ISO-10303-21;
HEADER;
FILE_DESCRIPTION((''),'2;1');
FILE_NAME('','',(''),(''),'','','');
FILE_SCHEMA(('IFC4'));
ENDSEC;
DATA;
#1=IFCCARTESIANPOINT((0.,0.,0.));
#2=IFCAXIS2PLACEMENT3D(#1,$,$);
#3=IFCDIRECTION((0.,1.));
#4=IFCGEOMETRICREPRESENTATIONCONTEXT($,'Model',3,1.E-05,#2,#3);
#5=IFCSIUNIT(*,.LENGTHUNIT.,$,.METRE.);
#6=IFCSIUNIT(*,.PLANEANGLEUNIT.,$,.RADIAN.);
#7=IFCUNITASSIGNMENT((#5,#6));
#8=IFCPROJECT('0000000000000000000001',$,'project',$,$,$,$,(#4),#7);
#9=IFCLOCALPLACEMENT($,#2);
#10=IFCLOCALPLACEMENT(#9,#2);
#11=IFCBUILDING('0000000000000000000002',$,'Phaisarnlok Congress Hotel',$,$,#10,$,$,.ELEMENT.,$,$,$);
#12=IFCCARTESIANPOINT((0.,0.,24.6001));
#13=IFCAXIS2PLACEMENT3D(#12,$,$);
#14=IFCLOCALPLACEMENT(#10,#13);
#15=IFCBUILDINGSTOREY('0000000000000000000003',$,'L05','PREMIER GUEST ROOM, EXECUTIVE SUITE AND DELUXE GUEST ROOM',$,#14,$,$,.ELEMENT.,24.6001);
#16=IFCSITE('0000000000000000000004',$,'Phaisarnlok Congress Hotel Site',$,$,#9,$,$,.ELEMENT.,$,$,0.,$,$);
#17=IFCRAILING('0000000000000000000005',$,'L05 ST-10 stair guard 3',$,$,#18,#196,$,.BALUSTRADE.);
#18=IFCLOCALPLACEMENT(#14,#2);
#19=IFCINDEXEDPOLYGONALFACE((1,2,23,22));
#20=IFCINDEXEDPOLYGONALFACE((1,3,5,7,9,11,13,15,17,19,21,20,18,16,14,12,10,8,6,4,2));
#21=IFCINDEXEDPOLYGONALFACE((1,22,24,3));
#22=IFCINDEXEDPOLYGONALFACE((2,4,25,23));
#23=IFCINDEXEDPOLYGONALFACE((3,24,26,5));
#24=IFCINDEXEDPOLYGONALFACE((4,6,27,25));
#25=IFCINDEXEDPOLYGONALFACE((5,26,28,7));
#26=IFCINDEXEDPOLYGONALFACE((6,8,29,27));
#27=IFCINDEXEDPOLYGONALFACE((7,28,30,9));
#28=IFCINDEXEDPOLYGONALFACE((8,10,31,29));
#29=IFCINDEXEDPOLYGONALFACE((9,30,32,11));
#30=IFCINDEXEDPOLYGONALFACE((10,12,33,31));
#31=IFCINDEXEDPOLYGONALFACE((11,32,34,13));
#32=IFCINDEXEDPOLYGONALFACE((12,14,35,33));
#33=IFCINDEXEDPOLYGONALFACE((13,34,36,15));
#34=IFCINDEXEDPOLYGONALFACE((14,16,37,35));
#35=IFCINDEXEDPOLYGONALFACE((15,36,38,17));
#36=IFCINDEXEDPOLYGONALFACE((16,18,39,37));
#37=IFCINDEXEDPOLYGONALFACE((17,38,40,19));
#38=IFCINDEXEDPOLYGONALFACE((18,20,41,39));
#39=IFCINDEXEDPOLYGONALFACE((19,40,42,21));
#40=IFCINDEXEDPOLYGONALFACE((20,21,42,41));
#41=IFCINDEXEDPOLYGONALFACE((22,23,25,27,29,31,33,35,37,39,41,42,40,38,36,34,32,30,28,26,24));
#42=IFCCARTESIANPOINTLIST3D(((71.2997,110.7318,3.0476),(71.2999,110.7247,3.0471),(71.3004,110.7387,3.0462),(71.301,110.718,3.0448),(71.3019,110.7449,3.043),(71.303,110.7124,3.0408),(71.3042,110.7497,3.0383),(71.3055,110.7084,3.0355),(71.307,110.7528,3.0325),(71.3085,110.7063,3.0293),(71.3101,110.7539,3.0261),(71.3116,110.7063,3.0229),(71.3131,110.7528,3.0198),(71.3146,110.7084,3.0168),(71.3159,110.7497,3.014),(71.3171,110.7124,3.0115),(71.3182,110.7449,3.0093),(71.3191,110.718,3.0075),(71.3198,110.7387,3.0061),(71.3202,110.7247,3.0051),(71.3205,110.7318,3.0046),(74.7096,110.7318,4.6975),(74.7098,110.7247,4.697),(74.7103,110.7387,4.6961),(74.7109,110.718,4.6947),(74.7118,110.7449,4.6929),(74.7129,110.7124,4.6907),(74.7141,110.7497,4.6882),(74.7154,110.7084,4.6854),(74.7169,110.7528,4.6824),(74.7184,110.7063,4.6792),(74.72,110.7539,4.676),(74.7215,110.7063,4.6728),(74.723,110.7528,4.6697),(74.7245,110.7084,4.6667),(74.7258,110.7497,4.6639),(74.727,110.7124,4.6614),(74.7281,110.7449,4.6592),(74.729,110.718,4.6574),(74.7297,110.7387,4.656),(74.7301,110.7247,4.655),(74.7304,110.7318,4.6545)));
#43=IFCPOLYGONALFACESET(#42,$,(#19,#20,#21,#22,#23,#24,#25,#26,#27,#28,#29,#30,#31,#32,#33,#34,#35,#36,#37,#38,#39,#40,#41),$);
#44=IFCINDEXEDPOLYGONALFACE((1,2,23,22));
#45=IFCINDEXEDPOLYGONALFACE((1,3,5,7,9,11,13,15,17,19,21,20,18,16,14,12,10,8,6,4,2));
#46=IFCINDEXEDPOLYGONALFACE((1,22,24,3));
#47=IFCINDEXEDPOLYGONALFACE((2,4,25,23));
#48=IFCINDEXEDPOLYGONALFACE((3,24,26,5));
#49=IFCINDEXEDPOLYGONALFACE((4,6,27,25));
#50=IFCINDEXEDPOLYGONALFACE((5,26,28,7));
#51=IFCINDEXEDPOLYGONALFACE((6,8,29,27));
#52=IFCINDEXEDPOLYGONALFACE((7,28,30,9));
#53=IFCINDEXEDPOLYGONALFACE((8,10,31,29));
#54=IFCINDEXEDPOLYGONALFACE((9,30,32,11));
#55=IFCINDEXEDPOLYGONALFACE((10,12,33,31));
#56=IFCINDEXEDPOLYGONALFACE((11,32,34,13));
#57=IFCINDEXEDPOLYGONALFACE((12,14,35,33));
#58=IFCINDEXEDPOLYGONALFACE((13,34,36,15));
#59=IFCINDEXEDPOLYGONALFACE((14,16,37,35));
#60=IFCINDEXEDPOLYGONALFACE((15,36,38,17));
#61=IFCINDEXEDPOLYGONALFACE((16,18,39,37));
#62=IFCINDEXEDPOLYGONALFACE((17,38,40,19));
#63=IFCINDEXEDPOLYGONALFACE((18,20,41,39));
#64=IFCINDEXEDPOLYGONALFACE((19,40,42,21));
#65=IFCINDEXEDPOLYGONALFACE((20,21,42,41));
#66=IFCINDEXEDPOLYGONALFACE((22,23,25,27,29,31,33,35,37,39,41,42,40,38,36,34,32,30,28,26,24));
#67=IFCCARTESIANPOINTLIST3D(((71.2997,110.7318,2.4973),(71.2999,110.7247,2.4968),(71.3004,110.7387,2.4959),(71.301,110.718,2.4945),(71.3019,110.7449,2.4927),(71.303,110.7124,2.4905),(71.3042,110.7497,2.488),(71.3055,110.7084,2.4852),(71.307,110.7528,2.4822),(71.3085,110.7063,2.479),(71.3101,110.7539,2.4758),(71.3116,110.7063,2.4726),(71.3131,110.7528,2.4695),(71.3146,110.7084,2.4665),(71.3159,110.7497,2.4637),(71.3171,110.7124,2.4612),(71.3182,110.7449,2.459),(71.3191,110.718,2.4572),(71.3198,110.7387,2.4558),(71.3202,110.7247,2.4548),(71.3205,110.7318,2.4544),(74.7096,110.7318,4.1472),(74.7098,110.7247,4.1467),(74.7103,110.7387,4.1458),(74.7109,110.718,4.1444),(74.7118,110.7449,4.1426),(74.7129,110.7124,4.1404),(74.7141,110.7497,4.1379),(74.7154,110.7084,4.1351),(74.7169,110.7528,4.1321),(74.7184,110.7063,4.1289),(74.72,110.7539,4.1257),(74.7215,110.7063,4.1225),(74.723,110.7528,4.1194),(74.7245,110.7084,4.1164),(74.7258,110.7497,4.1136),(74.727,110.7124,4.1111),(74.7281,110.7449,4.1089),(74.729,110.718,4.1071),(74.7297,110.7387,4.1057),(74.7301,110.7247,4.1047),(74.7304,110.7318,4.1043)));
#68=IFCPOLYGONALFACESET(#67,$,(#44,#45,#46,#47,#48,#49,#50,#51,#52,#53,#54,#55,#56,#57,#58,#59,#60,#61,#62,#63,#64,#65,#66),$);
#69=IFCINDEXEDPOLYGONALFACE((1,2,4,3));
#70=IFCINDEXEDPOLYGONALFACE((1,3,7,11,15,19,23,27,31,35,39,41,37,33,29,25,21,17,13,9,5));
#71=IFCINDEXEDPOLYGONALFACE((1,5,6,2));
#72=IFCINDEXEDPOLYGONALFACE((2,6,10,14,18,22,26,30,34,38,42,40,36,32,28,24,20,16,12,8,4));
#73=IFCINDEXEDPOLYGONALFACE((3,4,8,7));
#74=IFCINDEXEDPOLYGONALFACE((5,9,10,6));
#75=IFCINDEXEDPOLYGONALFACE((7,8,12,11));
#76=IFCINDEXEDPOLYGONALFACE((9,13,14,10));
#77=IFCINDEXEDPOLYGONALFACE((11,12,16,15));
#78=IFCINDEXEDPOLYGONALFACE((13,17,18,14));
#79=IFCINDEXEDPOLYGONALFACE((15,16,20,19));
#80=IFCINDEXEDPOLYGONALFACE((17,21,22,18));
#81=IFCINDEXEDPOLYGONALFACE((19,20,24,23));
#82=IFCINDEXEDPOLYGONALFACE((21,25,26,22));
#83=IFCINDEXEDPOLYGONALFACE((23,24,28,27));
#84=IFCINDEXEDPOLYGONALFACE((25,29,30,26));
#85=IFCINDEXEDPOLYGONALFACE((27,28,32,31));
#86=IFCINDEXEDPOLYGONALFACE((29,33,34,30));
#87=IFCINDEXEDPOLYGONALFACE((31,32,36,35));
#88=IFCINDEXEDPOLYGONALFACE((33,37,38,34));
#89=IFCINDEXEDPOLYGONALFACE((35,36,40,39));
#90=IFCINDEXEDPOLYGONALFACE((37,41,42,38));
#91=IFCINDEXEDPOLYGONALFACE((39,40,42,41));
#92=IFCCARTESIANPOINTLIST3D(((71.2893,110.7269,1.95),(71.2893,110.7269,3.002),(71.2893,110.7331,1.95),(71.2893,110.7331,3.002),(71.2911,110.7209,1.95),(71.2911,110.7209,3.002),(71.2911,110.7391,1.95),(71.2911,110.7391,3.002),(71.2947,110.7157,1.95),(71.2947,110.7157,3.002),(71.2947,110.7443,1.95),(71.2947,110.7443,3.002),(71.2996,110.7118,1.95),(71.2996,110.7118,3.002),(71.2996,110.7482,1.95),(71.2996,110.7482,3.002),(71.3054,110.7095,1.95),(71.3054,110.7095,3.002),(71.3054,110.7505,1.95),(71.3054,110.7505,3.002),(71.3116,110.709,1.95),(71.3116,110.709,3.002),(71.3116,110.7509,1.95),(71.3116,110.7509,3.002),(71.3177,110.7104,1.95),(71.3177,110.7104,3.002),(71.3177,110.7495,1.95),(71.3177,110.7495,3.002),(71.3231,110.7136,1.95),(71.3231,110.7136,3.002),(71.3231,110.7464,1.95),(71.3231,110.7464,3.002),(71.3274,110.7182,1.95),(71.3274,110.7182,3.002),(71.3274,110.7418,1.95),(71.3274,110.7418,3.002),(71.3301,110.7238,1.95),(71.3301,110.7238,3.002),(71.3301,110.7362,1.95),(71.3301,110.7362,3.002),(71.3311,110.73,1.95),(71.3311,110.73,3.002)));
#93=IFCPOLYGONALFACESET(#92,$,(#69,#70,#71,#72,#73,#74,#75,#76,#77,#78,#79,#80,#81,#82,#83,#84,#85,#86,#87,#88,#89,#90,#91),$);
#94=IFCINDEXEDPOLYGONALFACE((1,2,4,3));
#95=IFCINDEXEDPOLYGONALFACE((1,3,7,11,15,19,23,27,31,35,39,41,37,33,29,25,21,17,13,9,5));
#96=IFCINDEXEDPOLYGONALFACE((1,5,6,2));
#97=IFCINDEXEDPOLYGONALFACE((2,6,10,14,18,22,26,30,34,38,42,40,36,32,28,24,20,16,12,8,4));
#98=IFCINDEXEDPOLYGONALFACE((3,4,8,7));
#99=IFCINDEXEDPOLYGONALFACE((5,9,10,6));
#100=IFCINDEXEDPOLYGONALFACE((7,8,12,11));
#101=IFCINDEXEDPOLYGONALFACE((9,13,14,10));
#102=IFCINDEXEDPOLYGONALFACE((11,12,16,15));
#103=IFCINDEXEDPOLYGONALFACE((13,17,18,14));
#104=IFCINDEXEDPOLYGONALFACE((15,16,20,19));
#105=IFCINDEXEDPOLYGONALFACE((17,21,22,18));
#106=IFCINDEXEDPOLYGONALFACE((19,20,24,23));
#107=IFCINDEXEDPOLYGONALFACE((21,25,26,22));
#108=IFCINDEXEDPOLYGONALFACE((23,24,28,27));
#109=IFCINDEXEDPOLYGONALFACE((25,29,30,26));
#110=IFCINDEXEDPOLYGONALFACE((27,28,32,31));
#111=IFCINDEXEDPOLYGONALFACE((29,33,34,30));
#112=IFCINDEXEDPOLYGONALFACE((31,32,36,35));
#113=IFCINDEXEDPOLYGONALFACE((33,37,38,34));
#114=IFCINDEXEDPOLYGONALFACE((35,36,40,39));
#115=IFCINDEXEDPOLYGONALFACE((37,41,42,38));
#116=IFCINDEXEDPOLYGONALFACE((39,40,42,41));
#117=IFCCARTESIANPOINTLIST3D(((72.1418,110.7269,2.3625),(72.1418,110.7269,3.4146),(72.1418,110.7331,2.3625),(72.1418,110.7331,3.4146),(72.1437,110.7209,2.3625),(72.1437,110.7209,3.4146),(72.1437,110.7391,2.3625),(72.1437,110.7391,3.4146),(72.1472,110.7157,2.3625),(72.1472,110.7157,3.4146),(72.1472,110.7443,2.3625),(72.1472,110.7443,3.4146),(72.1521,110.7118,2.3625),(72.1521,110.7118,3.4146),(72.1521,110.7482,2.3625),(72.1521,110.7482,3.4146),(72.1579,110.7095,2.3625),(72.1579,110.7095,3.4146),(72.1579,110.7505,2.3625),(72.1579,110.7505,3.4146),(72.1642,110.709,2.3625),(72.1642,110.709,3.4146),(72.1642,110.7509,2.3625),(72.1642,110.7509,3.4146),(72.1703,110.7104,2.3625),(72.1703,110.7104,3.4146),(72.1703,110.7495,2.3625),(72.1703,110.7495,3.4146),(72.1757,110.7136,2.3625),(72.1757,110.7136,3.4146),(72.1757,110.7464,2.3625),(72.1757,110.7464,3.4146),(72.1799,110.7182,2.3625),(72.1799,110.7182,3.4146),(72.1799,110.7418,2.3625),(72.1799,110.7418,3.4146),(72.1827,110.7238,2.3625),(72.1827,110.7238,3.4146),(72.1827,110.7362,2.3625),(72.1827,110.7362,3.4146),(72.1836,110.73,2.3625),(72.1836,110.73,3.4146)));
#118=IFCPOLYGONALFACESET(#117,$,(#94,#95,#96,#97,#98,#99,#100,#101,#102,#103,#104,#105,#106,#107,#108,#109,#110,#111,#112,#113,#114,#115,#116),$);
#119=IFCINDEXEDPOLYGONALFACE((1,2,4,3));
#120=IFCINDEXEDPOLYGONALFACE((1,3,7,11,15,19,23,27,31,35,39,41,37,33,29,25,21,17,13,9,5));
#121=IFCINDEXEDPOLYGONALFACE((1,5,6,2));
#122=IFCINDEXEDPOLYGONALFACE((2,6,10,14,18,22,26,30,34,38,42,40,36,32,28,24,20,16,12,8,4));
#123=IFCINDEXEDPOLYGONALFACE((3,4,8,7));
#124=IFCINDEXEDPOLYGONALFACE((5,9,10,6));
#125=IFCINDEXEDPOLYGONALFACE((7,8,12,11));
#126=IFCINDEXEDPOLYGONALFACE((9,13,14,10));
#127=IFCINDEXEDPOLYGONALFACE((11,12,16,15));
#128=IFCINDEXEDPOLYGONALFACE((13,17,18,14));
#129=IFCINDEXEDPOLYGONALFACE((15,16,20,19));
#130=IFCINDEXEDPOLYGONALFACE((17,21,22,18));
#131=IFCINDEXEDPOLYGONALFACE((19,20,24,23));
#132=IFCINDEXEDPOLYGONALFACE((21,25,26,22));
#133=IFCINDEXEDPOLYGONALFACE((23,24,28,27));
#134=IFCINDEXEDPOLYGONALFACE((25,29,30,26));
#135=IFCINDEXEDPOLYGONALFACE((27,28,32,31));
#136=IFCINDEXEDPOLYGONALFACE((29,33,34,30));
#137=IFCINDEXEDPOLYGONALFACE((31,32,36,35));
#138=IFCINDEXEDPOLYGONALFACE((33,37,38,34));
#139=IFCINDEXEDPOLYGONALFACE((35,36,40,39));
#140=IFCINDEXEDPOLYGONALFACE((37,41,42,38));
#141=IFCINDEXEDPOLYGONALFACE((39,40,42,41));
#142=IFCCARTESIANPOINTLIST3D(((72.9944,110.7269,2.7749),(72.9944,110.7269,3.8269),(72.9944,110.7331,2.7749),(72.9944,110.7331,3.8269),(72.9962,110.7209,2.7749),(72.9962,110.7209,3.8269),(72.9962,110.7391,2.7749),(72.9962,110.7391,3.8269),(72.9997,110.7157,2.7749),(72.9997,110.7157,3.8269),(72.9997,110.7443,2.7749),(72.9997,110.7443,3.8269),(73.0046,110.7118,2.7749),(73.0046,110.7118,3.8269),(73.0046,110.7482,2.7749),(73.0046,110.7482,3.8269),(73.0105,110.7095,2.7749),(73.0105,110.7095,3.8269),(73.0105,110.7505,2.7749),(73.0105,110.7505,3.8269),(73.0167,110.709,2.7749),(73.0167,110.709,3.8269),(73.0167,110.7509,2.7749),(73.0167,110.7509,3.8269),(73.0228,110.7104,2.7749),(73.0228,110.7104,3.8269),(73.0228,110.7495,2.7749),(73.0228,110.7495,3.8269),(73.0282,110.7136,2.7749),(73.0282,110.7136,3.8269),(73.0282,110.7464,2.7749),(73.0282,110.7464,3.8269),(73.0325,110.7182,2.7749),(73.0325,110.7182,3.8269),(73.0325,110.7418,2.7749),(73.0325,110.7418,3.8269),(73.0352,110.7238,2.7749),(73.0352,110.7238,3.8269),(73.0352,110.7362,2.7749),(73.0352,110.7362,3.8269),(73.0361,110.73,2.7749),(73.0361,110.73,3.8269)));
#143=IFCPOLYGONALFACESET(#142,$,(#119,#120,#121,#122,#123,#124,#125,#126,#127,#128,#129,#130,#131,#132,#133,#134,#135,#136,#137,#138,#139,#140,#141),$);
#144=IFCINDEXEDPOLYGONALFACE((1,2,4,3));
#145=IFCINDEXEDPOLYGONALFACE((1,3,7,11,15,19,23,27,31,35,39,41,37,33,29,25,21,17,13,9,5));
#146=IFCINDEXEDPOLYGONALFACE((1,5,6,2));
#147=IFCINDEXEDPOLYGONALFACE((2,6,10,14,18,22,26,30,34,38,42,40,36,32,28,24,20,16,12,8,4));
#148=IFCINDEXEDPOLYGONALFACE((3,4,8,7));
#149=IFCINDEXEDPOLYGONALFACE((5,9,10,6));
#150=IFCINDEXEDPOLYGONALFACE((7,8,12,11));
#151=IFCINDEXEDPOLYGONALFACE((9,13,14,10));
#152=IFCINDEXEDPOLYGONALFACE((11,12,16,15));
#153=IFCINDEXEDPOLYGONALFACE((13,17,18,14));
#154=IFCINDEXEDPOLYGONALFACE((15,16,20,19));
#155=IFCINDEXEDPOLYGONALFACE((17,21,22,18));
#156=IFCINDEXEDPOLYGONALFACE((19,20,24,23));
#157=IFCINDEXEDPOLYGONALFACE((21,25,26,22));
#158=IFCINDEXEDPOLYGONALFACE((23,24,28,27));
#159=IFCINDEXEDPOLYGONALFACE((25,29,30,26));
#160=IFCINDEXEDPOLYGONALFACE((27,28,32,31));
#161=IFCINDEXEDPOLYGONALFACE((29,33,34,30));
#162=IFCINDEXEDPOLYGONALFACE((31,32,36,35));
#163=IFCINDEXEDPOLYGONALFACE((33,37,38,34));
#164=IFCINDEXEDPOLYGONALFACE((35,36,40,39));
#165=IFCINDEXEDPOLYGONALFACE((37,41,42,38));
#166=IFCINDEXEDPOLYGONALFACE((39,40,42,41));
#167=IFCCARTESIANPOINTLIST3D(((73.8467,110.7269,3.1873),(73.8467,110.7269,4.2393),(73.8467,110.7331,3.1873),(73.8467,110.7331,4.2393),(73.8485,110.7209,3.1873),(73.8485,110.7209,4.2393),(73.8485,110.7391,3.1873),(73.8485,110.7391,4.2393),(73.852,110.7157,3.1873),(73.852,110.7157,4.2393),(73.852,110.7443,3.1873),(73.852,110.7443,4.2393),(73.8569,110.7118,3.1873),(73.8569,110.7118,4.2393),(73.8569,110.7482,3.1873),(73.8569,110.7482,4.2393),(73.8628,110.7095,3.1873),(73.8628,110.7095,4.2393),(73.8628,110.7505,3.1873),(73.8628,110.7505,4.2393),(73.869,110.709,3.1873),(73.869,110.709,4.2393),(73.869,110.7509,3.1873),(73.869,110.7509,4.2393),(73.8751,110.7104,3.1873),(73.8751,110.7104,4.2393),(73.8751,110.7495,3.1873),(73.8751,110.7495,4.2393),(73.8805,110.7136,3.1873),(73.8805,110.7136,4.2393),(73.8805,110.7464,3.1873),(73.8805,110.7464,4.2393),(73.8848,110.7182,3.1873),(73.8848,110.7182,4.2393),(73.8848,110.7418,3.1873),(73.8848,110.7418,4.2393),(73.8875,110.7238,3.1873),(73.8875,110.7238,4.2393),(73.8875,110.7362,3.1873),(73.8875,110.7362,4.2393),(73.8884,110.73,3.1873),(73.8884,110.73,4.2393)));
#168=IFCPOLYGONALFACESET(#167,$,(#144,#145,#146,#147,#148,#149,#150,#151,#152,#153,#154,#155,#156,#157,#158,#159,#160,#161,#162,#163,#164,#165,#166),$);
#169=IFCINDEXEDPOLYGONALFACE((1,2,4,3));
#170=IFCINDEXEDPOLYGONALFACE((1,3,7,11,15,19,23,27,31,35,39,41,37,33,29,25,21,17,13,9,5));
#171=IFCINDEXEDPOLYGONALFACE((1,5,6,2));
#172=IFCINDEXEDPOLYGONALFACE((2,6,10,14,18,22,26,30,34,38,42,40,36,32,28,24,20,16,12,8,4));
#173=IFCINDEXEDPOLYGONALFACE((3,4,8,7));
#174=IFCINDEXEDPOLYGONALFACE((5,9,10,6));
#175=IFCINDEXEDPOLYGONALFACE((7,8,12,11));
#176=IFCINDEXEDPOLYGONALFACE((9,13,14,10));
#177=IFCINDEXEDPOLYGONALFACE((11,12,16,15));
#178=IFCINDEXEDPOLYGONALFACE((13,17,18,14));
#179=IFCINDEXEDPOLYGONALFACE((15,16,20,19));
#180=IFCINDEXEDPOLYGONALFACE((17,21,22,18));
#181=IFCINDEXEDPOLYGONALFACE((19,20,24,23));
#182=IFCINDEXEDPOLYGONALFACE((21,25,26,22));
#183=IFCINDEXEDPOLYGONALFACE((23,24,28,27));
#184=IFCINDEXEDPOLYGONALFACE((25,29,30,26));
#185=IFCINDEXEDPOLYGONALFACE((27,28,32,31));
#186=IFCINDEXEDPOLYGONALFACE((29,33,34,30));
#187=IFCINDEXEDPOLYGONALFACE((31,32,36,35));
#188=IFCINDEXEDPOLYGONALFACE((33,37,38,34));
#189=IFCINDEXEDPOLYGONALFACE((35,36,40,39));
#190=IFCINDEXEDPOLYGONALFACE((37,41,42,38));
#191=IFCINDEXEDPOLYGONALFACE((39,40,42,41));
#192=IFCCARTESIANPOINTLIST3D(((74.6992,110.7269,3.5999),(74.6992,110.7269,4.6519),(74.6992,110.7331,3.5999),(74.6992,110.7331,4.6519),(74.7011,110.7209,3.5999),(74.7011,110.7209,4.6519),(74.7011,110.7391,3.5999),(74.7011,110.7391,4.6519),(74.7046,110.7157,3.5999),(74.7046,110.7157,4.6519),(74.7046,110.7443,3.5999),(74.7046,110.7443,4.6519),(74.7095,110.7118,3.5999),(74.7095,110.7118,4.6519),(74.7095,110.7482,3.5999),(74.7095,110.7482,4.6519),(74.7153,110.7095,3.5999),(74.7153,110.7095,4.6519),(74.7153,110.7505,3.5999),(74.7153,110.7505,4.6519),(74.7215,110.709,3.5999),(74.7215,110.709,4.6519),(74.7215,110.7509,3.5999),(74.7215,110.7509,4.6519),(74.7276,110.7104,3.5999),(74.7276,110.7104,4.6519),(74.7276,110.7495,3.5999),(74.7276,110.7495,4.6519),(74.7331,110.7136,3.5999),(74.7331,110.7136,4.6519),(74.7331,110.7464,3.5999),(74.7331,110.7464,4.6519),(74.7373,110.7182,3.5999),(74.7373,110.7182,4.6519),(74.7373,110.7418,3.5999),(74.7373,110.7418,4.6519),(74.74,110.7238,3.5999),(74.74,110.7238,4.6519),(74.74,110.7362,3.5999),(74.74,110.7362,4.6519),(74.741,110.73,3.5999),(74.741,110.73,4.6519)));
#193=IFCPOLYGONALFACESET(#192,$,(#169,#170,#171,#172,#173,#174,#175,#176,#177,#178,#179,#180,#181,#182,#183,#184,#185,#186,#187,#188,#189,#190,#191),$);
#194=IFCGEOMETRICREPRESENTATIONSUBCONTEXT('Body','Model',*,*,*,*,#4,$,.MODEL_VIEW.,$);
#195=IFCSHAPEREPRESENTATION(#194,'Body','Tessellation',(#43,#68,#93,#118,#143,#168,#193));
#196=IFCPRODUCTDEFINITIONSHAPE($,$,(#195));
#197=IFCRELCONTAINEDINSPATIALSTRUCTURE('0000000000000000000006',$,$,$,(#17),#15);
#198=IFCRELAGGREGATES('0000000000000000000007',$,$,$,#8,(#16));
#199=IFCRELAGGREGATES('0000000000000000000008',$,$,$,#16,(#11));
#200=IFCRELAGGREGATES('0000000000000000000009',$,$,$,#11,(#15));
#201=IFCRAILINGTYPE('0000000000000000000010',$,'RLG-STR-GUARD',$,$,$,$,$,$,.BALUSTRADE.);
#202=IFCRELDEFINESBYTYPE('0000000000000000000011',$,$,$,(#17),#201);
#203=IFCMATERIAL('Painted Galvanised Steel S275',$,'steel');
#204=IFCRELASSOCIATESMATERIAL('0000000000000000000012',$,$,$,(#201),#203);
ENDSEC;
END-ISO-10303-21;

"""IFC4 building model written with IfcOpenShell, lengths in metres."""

from ifc_helpers import new_model, si_unit, direction, frame, origin, origin_2d, place, context, subcontext, project, spatial, circle, extrude, material, type_object, element, save


model = new_model("IFC4")

# Units and contexts
model_context = context("Model", 3, precision=1e-05, world=origin(), true_north=direction((0.0, 1.0)))
body_context = subcontext(model_context, "Body", "Model", "MODEL_VIEW")
ifc_project = project(units=[si_unit("LENGTHUNIT", "METRE"), si_unit("PLANEANGLEUNIT", "RADIAN")], contexts=[model_context])

# Site, building, storey
site_placement = place(None, origin())
site = spatial("IfcSite", under=ifc_project, at=site_placement, Name="Phaisarnlok Congress Hotel Site", CompositionType="ELEMENT", RefElevation=0.0)
building_placement = place(site_placement, origin())
building = spatial("IfcBuilding", under=site, at=building_placement, Name="Phaisarnlok Congress Hotel", CompositionType="ELEMENT")
storey_placement = place(building_placement, frame((0.0, 0.0, 24.6001)))
storey = spatial("IfcBuildingStorey", under=building, at=storey_placement, Name="L05", Description="PREMIER GUEST ROOM, EXECUTIVE SUITE AND DELUXE GUEST ROOM", CompositionType="ELEMENT", Elevation=24.6001)

# Railing
ifc_material_1 = material(Name="Painted Galvanised Steel S275", Category="steel")
railing_type_1 = type_object("IfcRailingType", Name="RLG-STR-GUARD", PredefinedType="BALUSTRADE", material=ifc_material_1)
railing_1_placement = place(storey_placement, frame((71.3101, 110.73, 1.95)))
element("IfcRailing", 1, at=railing_1_placement, inside=storey, type_object=railing_type_1, Name="L05 ST-10 stair guard 3", PredefinedType="BALUSTRADE", context=body_context, shape_type="SweptSolid", body=[
    extrude(circle(Radius=0.0239, at=origin_2d()), frame((0.0, 0.0, 1.0762), z_axis=(0.900165, 0.0, 0.435549), x_axis=(0.0, 1.0, 0.0)), (0.0, 0.0, 1.0), 3.7881),
    extrude(circle(Radius=0.0239, at=origin_2d()), frame((0.0, 0.0, 0.5259), z_axis=(0.900165, 0.0, 0.435549), x_axis=(0.0, 1.0, 0.0)), (0.0, 0.0, 1.0), 3.7881),
    extrude(circle(Radius=0.021, at=origin_2d()), origin(), (0.0, 0.0, 1.0), 1.052),
    extrude(circle(Radius=0.021, at=origin_2d()), frame((0.8525, 0.0, 0.4126)), (0.0, 0.0, 1.0), 1.052),
    extrude(circle(Radius=0.021, at=origin_2d()), frame((1.7051, 0.0, 0.825)), (0.0, 0.0, 1.0), 1.052),
    extrude(circle(Radius=0.021, at=origin_2d()), frame((2.5574, 0.0, 1.2373)), (0.0, 0.0, 1.0), 1.052),
    extrude(circle(Radius=0.021, at=origin_2d()), frame((3.4099, 0.0, 1.6499)), (0.0, 0.0, 1.0), 1.052),
])

save(model, "model.ifc")
